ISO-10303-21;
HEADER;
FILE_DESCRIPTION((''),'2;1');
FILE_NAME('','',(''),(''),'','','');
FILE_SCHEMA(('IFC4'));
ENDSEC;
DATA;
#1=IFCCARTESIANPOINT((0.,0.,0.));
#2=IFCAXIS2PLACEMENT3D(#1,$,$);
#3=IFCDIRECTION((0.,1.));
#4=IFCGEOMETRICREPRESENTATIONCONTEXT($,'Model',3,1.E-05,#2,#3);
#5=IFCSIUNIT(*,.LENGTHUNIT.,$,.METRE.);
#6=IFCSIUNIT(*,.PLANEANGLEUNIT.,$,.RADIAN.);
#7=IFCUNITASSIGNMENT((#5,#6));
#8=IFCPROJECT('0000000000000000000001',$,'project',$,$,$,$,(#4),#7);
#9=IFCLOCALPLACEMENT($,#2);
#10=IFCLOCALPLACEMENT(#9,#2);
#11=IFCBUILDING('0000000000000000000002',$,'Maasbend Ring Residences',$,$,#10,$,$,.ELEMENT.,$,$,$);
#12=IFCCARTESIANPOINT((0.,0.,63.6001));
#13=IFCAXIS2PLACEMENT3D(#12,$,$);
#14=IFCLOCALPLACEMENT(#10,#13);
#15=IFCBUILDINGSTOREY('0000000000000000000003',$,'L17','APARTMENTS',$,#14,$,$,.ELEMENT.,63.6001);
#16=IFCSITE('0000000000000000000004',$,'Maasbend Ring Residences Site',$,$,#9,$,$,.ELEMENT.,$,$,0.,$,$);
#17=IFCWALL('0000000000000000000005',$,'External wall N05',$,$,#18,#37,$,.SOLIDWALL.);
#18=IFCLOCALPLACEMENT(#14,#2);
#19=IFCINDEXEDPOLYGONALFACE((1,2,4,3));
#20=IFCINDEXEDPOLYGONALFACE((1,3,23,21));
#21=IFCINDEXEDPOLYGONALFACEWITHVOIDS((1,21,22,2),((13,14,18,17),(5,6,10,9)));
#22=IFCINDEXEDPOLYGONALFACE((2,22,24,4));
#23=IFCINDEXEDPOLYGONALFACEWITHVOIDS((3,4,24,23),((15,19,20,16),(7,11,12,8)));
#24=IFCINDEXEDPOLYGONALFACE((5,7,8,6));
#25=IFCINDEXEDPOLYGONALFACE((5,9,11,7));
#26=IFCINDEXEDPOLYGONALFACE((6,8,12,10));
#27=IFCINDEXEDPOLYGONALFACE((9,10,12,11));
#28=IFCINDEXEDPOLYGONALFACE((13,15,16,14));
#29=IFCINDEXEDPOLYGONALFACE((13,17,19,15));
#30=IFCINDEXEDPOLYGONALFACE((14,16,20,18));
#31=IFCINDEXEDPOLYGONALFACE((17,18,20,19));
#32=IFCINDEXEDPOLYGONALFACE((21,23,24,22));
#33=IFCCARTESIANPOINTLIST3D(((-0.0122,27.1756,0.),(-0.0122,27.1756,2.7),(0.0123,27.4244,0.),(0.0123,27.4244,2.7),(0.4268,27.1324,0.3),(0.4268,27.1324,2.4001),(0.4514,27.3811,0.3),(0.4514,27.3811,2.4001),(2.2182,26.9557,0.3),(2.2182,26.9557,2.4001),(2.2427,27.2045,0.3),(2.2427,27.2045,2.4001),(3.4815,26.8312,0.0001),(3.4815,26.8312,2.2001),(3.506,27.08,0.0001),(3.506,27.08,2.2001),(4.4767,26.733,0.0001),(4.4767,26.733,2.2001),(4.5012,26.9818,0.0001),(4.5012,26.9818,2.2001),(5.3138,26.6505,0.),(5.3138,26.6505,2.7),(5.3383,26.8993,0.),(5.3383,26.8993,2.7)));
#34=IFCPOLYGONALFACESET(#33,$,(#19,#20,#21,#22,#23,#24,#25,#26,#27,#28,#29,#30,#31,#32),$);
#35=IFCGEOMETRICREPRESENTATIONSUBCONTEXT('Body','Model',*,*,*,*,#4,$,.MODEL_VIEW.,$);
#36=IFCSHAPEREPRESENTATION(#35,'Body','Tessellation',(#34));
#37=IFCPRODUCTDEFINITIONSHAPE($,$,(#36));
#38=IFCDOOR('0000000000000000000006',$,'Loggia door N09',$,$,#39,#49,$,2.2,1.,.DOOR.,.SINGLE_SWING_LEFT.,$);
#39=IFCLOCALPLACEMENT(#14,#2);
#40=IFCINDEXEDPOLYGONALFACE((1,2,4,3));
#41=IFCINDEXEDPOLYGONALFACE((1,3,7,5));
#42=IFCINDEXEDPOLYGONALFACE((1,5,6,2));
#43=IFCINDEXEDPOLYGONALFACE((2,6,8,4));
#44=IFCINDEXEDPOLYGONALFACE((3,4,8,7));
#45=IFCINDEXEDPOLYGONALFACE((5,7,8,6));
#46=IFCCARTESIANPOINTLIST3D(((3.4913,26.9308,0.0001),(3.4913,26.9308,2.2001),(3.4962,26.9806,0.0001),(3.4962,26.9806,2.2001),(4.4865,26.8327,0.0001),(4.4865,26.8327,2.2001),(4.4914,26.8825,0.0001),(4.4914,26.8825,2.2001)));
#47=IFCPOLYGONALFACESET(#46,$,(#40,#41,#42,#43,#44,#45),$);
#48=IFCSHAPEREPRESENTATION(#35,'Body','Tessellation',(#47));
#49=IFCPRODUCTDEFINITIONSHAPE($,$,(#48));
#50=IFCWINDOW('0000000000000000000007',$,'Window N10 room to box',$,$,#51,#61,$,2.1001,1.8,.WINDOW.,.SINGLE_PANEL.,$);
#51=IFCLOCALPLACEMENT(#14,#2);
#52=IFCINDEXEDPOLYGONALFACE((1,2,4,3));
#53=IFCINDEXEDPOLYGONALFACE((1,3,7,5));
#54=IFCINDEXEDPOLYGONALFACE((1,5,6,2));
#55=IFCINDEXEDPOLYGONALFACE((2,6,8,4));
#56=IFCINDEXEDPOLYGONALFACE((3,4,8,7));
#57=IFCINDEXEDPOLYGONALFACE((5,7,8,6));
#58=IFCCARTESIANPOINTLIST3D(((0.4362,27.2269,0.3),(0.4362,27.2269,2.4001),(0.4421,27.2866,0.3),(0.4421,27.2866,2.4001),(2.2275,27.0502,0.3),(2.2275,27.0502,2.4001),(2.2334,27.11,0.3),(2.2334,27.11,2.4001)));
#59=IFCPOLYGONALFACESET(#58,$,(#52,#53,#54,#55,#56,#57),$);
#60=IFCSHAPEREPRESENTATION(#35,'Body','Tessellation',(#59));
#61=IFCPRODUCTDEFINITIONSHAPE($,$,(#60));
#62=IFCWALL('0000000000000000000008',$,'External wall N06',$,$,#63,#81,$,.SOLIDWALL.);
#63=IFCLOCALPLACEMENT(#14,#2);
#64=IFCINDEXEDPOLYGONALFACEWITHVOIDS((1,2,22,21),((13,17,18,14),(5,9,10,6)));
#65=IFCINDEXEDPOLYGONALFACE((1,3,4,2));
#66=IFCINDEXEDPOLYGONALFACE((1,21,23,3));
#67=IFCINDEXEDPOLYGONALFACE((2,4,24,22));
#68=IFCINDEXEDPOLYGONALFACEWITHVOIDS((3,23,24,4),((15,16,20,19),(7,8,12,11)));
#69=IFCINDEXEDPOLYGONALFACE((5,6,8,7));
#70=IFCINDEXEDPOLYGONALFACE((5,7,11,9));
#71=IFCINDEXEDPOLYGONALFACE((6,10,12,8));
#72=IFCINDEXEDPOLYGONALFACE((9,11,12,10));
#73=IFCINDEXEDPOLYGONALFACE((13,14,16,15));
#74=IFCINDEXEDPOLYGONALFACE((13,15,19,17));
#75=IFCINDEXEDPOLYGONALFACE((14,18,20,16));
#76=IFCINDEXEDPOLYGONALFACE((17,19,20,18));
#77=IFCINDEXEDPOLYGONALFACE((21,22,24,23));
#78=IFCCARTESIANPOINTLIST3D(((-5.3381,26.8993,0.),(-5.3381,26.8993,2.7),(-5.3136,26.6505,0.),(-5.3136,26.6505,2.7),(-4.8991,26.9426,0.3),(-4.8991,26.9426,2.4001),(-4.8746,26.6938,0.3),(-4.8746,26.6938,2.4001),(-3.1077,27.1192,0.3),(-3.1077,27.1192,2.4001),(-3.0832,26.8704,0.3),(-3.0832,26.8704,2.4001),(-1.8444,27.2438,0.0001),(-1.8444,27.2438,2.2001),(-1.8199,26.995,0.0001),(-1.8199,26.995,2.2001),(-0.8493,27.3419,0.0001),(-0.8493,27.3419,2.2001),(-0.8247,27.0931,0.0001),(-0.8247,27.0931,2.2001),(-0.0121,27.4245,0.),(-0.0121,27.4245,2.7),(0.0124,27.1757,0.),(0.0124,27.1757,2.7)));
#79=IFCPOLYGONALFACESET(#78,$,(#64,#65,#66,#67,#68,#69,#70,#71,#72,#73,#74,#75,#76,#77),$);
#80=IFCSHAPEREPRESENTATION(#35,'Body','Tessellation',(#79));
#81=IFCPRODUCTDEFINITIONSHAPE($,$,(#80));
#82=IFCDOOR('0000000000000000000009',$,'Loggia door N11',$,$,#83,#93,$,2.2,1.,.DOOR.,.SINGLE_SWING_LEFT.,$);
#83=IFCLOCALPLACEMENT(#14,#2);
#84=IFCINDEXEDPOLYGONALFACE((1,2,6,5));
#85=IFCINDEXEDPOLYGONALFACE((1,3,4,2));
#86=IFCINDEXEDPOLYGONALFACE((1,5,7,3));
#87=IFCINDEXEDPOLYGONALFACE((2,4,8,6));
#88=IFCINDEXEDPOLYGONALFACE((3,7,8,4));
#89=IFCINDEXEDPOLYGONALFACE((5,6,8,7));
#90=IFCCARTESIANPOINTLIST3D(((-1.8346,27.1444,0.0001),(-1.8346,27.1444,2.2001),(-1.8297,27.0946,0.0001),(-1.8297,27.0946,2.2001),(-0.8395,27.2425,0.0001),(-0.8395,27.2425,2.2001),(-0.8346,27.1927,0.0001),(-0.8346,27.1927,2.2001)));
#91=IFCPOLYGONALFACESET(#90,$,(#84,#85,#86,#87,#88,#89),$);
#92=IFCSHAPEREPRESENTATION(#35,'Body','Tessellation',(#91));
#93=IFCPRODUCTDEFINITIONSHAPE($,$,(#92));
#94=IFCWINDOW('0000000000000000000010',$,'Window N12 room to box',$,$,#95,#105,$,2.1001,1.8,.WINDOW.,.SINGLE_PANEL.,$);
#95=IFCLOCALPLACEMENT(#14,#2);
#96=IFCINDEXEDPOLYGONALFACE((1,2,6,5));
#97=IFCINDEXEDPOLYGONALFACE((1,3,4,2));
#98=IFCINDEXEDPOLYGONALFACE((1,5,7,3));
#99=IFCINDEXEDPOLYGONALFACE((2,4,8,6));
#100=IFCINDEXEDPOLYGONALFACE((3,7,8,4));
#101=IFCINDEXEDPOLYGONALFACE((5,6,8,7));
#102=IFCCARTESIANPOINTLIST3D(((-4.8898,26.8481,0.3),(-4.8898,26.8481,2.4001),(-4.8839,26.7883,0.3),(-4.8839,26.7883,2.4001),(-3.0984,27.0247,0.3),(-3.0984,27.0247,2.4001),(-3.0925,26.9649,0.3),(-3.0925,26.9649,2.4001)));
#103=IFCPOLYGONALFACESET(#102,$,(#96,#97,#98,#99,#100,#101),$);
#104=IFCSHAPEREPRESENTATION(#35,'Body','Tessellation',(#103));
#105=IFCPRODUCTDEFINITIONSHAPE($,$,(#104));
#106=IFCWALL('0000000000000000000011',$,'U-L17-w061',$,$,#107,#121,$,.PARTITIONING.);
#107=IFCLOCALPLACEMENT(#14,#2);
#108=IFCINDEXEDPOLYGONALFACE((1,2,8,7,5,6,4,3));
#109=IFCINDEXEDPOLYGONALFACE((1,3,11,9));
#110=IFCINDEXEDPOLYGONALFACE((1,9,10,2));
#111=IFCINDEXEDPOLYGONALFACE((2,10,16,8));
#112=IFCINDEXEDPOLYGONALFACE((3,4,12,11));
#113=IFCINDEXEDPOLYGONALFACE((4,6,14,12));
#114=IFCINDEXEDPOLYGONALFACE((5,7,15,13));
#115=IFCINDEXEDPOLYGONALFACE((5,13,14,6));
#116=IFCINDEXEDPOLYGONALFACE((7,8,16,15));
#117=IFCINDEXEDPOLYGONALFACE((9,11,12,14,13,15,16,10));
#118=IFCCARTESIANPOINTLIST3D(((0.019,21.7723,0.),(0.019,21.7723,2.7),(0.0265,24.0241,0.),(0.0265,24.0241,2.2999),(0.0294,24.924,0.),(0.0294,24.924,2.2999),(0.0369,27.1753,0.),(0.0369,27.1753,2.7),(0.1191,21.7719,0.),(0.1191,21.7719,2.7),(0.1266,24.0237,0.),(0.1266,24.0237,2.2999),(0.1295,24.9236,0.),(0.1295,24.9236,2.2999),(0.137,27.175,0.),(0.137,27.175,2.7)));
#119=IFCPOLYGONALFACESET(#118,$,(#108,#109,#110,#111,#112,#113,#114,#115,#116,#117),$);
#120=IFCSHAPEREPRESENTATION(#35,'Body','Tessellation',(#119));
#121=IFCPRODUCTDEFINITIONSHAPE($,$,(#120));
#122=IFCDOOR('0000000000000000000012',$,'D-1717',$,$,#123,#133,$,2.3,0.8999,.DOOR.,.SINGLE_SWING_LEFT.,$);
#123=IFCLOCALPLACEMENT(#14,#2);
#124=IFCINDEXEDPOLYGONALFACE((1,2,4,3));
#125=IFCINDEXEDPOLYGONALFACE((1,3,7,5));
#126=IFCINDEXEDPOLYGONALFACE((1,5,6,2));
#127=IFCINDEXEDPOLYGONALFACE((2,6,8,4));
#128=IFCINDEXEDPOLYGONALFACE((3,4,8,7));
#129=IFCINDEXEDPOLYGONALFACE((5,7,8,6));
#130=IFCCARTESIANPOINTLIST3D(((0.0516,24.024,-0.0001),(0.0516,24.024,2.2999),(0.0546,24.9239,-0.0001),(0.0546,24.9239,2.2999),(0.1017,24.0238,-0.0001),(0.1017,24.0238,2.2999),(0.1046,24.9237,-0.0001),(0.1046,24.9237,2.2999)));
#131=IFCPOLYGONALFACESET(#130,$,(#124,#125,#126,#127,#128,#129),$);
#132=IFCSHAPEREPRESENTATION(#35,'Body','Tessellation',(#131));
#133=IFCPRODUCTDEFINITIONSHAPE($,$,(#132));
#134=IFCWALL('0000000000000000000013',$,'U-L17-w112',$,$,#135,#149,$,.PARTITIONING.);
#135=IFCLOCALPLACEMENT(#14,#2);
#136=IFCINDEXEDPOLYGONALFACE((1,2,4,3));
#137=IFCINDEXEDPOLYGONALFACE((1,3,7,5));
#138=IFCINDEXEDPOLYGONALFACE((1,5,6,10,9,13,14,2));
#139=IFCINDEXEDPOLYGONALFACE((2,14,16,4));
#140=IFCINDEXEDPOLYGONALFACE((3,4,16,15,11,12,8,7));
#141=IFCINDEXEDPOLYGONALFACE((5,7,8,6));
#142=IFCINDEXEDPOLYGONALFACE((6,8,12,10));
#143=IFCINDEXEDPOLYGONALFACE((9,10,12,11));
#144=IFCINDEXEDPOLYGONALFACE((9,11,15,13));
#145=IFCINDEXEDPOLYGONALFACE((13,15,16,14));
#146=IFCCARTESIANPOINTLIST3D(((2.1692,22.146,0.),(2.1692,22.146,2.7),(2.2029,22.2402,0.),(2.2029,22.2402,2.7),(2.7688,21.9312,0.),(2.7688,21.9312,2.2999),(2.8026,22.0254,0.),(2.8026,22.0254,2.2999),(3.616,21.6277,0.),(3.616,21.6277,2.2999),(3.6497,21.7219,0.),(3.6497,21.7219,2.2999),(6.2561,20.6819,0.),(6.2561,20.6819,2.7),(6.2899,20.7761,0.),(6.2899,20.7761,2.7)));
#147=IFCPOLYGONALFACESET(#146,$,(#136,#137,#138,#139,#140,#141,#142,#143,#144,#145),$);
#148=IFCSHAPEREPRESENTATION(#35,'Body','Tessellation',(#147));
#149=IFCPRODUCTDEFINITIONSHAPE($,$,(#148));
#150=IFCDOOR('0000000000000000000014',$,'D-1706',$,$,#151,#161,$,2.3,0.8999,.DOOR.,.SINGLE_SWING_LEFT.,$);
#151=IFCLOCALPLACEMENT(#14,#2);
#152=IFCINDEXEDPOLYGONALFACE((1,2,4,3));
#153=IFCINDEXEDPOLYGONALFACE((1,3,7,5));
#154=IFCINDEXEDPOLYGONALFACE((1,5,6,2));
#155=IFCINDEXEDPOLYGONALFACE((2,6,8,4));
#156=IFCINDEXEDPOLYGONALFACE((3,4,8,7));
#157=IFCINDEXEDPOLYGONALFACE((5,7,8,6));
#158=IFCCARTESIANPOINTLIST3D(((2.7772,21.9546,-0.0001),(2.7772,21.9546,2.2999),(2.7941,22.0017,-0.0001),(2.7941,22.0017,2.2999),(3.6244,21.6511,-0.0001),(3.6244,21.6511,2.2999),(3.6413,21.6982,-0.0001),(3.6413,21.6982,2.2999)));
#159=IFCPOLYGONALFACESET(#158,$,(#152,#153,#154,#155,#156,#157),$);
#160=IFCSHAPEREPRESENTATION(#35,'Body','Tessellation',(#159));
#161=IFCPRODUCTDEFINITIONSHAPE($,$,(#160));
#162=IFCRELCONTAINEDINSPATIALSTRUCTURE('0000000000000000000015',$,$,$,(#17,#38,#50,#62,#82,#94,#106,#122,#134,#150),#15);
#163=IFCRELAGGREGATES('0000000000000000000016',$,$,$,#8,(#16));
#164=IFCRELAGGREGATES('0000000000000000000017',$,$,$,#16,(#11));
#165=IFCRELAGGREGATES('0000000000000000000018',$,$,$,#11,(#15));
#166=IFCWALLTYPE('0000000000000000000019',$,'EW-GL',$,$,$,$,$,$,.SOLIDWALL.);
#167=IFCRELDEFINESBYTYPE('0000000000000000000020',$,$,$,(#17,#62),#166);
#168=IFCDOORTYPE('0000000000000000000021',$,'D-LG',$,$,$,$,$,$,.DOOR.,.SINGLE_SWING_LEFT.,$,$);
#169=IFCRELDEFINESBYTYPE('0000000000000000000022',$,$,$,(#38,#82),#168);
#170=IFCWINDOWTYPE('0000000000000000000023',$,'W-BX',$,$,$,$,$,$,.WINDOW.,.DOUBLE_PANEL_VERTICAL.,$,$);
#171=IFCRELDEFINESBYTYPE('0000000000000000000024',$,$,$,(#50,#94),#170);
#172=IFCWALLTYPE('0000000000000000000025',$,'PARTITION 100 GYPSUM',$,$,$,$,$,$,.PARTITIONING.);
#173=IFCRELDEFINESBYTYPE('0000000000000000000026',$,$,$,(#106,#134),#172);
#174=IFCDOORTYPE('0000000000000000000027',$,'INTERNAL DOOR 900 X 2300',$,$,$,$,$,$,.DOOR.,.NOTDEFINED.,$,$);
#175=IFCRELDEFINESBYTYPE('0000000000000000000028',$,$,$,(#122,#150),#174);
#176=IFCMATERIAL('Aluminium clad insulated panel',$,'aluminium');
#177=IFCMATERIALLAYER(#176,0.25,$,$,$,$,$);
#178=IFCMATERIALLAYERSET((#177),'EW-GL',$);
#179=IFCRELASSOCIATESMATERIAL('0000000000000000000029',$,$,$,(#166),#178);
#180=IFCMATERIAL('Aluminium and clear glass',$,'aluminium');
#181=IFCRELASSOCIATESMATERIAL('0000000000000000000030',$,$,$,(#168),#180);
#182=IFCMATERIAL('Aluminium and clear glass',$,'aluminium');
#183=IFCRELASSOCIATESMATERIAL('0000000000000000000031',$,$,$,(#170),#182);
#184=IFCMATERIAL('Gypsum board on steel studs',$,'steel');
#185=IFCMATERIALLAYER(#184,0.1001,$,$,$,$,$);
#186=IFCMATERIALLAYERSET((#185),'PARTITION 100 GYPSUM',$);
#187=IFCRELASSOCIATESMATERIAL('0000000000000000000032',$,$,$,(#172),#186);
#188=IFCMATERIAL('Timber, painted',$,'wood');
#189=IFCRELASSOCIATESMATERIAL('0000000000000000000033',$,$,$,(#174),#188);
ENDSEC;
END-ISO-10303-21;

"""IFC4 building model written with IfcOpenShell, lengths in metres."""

from ifc_helpers import new_model, si_unit, direction, frame, frame_2d, origin, place, context, subcontext, project, spatial, rectangle, extrude, material, layer, layer_set, type_object, element, fill, save


model = new_model("IFC4")

# Units and contexts
model_context = context("Model", 3, precision=1e-05, world=origin(), true_north=direction((0.0, 1.0)))
body_context = subcontext(model_context, "Body", "Model", "MODEL_VIEW")
ifc_project = project(units=[si_unit("LENGTHUNIT", "METRE"), si_unit("PLANEANGLEUNIT", "RADIAN")], contexts=[model_context])

# Site, building, storey
site_placement = place(None, origin())
site = spatial("IfcSite", under=ifc_project, at=site_placement, Name="Maasbend Ring Residences Site", CompositionType="ELEMENT", RefElevation=0.0)
building_placement = place(site_placement, origin())
building = spatial("IfcBuilding", under=site, at=building_placement, Name="Maasbend Ring Residences", CompositionType="ELEMENT")
storey_placement = place(building_placement, frame((0.0, 0.0, 63.6001)))
storey = spatial("IfcBuildingStorey", under=building, at=storey_placement, Name="L17", Description="APARTMENTS", CompositionType="ELEMENT", Elevation=63.6001)

# Walls, openings, doors, windows
ifc_material_1 = material(Name="Aluminium clad insulated panel", Category="aluminium")
ifc_layer_1 = layer(ifc_material_1, 0.25)
ifc_layer_set_1 = layer_set([ifc_layer_1], Name="EW-GL")
wall_type_1 = type_object("IfcWallType", Name="EW-GL", PredefinedType="SOLIDWALL", material=ifc_layer_set_1)
wall_1_placement = place(storey_placement, frame((5.3259, 26.7749, 0.0), z_axis=(0.0, 0.0, 1.0), x_axis=(-0.995174, 0.098126, 0.0)))
wall_1 = element("IfcWall", 1, at=wall_1_placement, inside=storey, type_object=wall_type_1, Name="External wall N05", PredefinedType="SOLIDWALL", context=body_context, shape_type="SweptSolid", body=[
    extrude(rectangle(XDim=5.3518, YDim=0.25, at=frame_2d((2.6758, 0.0))), origin(), (0.0, 0.0, 1.0), 2.7),
])
opening_1_placement = place(wall_1_placement, frame((0.8411, 0.0, 0.0)))
opening_1 = element("IfcOpeningElement", 2, at=opening_1_placement, cuts=wall_1, PredefinedType="OPENING", context=body_context, shape_type="SweptSolid", body=[
    extrude(rectangle(XDim=1.0, YDim=2.2, at=frame_2d((0.5, 1.1001))), frame((0.0, 0.135, 0.0), z_axis=(0.0, -1.0, 0.0), x_axis=(1.0, 0.0, 0.0)), (0.0, 0.0, 1.0), 0.27),
])
opening_2_placement = place(wall_1_placement, frame((3.1106, 0.0, 0.3)))
opening_2 = element("IfcOpeningElement", 3, at=opening_2_placement, cuts=wall_1, PredefinedType="OPENING", context=body_context, shape_type="SweptSolid", body=[
    extrude(rectangle(XDim=1.8, YDim=2.1001, at=frame_2d((0.8999, 1.05))), frame((0.0, 0.135, 0.0), z_axis=(0.0, -1.0, 0.0), x_axis=(1.0, 0.0, 0.0)), (0.0, 0.0, 1.0), 0.27),
])
ifc_material_2 = material(Name="Aluminium and clear glass", Category="aluminium")
door_type_1 = type_object("IfcDoorType", Name="D-LG", OperationType="SINGLE_SWING_LEFT", PredefinedType="DOOR", material=ifc_material_2)
door_1_placement = place(opening_1_placement, origin())
door_1 = element("IfcDoor", 4, at=door_1_placement, inside=storey, type_object=door_type_1, Name="Loggia door N09", OperationType="SINGLE_SWING_LEFT", OverallHeight=2.2, OverallWidth=1.0, PredefinedType="DOOR", context=body_context, shape_type="SweptSolid", body=[
    extrude(rectangle(XDim=1.0, YDim=2.2, at=frame_2d((0.5, 1.1001))), frame((0.0, 0.0249, 0.0), z_axis=(0.0, -1.0, 0.0), x_axis=(1.0, 0.0, 0.0)), (0.0, 0.0, 1.0), 0.05),
])
fill(opening_1, door_1)
ifc_material_3 = material(Name="Aluminium and clear glass", Category="aluminium")
window_type_1 = type_object("IfcWindowType", Name="W-BX", PartitioningType="DOUBLE_PANEL_VERTICAL", PredefinedType="WINDOW", material=ifc_material_3)
window_1_placement = place(opening_2_placement, origin())
window_1 = element("IfcWindow", 5, at=window_1_placement, inside=storey, type_object=window_type_1, Name="Window N10 room to box", OverallHeight=2.1001, OverallWidth=1.8, PartitioningType="SINGLE_PANEL", PredefinedType="WINDOW", context=body_context, shape_type="SweptSolid", body=[
    extrude(rectangle(XDim=1.8, YDim=2.1001, at=frame_2d((0.8999, 1.05))), frame((0.0, 0.03, 0.0), z_axis=(0.0, -1.0, 0.0), x_axis=(1.0, 0.0, 0.0)), (0.0, 0.0, 1.0), 0.0601),
])
fill(opening_2, window_1)
wall_2_placement = place(storey_placement, frame((0.0, 27.3, 0.0), z_axis=(0.0, 0.0, 1.0), x_axis=(-0.995174, -0.098126, 0.0)))
wall_2 = element("IfcWall", 6, at=wall_2_placement, inside=storey, type_object=wall_type_1, Name="External wall N06", PredefinedType="SOLIDWALL", context=body_context, shape_type="SweptSolid", body=[
    extrude(rectangle(XDim=5.3518, YDim=0.25, at=frame_2d((2.6758, 0.0))), origin(), (0.0, 0.0, 1.0), 2.7),
])
opening_3_placement = place(wall_2_placement, frame((0.8411, 0.0, 0.0)))
opening_3 = element("IfcOpeningElement", 7, at=opening_3_placement, cuts=wall_2, PredefinedType="OPENING", context=body_context, shape_type="SweptSolid", body=[
    extrude(rectangle(XDim=1.0, YDim=2.2, at=frame_2d((0.5, 1.1001))), frame((0.0, 0.135, 0.0), z_axis=(0.0, -1.0, 0.0), x_axis=(1.0, 0.0, 0.0)), (0.0, 0.0, 1.0), 0.27),
])
opening_4_placement = place(wall_2_placement, frame((3.1106, 0.0, 0.3)))
opening_4 = element("IfcOpeningElement", 8, at=opening_4_placement, cuts=wall_2, PredefinedType="OPENING", context=body_context, shape_type="SweptSolid", body=[
    extrude(rectangle(XDim=1.8, YDim=2.1001, at=frame_2d((0.8999, 1.05))), frame((0.0, 0.135, 0.0), z_axis=(0.0, -1.0, 0.0), x_axis=(1.0, 0.0, 0.0)), (0.0, 0.0, 1.0), 0.27),
])
door_2_placement = place(opening_3_placement, origin())
door_2 = element("IfcDoor", 9, at=door_2_placement, inside=storey, type_object=door_type_1, Name="Loggia door N11", OperationType="SINGLE_SWING_LEFT", OverallHeight=2.2, OverallWidth=1.0, PredefinedType="DOOR", context=body_context, shape_type="SweptSolid", body=[
    extrude(rectangle(XDim=1.0, YDim=2.2, at=frame_2d((0.5, 1.1001))), frame((0.0, 0.0249, 0.0), z_axis=(0.0, -1.0, 0.0), x_axis=(1.0, 0.0, 0.0)), (0.0, 0.0, 1.0), 0.05),
])
fill(opening_3, door_2)
window_2_placement = place(opening_4_placement, origin())
window_2 = element("IfcWindow", 10, at=window_2_placement, inside=storey, type_object=window_type_1, Name="Window N12 room to box", OverallHeight=2.1001, OverallWidth=1.8, PartitioningType="SINGLE_PANEL", PredefinedType="WINDOW", context=body_context, shape_type="SweptSolid", body=[
    extrude(rectangle(XDim=1.8, YDim=2.1001, at=frame_2d((0.8999, 1.05))), frame((0.0, 0.03, 0.0), z_axis=(0.0, -1.0, 0.0), x_axis=(1.0, 0.0, 0.0)), (0.0, 0.0, 1.0), 0.0601),
])
fill(opening_4, window_2)

# Walls, openings, doors
ifc_material_4 = material(Name="Gypsum board on steel studs", Category="steel")
ifc_layer_2 = layer(ifc_material_4, 0.1001)
ifc_layer_set_2 = layer_set([ifc_layer_2], Name="PARTITION 100 GYPSUM")
wall_type_2 = type_object("IfcWallType", Name="PARTITION 100 GYPSUM", PredefinedType="PARTITIONING", material=ifc_layer_set_2)
wall_3_placement = place(storey_placement, frame((0.0691, 21.772, 0.0), z_axis=(0.0, 0.0, 1.0), x_axis=(0.003299, 0.999995, 0.0)))
wall_3 = element("IfcWall", 11, at=wall_3_placement, inside=storey, type_object=wall_type_2, Name="U-L17-w061", PredefinedType="PARTITIONING", context=body_context, shape_type="SweptSolid", body=[
    extrude(rectangle(XDim=5.4031, YDim=0.1001, at=frame_2d((2.7017, 0.0))), origin(), (0.0, 0.0, 1.0), 2.7),
])
opening_5_placement = place(wall_3_placement, frame((2.252, 0.0, 0.0)))
opening_5 = element("IfcOpeningElement", 12, at=opening_5_placement, cuts=wall_3, PredefinedType="OPENING", context=body_context, shape_type="SweptSolid", body=[
    extrude(rectangle(XDim=0.8999, YDim=2.3, at=frame_2d((0.45, 1.1499))), frame((0.0, 0.0601, 0.0), z_axis=(0.0, -1.0, 0.0), x_axis=(1.0, 0.0, 0.0)), (0.0, 0.0, 1.0), 0.1201),
])
ifc_material_5 = material(Name="Timber, painted", Category="wood")
door_type_2 = type_object("IfcDoorType", Name="INTERNAL DOOR 900 X 2300", OperationType="NOTDEFINED", PredefinedType="DOOR", material=ifc_material_5)
door_3_placement = place(opening_5_placement, origin())
door_3 = element("IfcDoor", 13, at=door_3_placement, inside=storey, type_object=door_type_2, Name="D-1717", OperationType="SINGLE_SWING_LEFT", OverallHeight=2.3, OverallWidth=0.8999, PredefinedType="DOOR", context=body_context, shape_type="SweptSolid", body=[
    extrude(rectangle(XDim=0.8999, YDim=2.3, at=frame_2d((0.45, 1.1499))), frame((0.0, 0.0249, 0.0), z_axis=(0.0, -1.0, 0.0), x_axis=(1.0, 0.0, 0.0)), (0.0, 0.0, 1.0), 0.05),
])
fill(opening_5, door_3)
wall_4_placement = place(storey_placement, frame((2.186, 22.1931, 0.0), z_axis=(0.0, 0.0, 1.0), x_axis=(0.941413, -0.337255, 0.0)))
wall_4 = element("IfcWall", 14, at=wall_4_placement, inside=storey, type_object=wall_type_2, Name="U-L17-w112", PredefinedType="PARTITIONING", context=body_context, shape_type="SweptSolid", body=[
    extrude(rectangle(XDim=4.3413, YDim=0.1001, at=frame_2d((2.1707, 0.0))), origin(), (0.0, 0.0, 1.0), 2.7),
])
opening_6_placement = place(wall_4_placement, frame((0.637, 0.0, 0.0)))
opening_6 = element("IfcOpeningElement", 15, at=opening_6_placement, cuts=wall_4, PredefinedType="OPENING", context=body_context, shape_type="SweptSolid", body=[
    extrude(rectangle(XDim=0.8999, YDim=2.3, at=frame_2d((0.45, 1.1499))), frame((0.0, 0.0601, 0.0), z_axis=(0.0, -1.0, 0.0), x_axis=(1.0, 0.0, 0.0)), (0.0, 0.0, 1.0), 0.1201),
])
door_4_placement = place(opening_6_placement, origin())
door_4 = element("IfcDoor", 16, at=door_4_placement, inside=storey, type_object=door_type_2, Name="D-1706", OperationType="SINGLE_SWING_LEFT", OverallHeight=2.3, OverallWidth=0.8999, PredefinedType="DOOR", context=body_context, shape_type="SweptSolid", body=[
    extrude(rectangle(XDim=0.8999, YDim=2.3, at=frame_2d((0.45, 1.1499))), frame((0.0, 0.0249, 0.0), z_axis=(0.0, -1.0, 0.0), x_axis=(1.0, 0.0, 0.0)), (0.0, 0.0, 1.0), 0.05),
])
fill(opening_6, door_4)

save(model, "model.ifc")
